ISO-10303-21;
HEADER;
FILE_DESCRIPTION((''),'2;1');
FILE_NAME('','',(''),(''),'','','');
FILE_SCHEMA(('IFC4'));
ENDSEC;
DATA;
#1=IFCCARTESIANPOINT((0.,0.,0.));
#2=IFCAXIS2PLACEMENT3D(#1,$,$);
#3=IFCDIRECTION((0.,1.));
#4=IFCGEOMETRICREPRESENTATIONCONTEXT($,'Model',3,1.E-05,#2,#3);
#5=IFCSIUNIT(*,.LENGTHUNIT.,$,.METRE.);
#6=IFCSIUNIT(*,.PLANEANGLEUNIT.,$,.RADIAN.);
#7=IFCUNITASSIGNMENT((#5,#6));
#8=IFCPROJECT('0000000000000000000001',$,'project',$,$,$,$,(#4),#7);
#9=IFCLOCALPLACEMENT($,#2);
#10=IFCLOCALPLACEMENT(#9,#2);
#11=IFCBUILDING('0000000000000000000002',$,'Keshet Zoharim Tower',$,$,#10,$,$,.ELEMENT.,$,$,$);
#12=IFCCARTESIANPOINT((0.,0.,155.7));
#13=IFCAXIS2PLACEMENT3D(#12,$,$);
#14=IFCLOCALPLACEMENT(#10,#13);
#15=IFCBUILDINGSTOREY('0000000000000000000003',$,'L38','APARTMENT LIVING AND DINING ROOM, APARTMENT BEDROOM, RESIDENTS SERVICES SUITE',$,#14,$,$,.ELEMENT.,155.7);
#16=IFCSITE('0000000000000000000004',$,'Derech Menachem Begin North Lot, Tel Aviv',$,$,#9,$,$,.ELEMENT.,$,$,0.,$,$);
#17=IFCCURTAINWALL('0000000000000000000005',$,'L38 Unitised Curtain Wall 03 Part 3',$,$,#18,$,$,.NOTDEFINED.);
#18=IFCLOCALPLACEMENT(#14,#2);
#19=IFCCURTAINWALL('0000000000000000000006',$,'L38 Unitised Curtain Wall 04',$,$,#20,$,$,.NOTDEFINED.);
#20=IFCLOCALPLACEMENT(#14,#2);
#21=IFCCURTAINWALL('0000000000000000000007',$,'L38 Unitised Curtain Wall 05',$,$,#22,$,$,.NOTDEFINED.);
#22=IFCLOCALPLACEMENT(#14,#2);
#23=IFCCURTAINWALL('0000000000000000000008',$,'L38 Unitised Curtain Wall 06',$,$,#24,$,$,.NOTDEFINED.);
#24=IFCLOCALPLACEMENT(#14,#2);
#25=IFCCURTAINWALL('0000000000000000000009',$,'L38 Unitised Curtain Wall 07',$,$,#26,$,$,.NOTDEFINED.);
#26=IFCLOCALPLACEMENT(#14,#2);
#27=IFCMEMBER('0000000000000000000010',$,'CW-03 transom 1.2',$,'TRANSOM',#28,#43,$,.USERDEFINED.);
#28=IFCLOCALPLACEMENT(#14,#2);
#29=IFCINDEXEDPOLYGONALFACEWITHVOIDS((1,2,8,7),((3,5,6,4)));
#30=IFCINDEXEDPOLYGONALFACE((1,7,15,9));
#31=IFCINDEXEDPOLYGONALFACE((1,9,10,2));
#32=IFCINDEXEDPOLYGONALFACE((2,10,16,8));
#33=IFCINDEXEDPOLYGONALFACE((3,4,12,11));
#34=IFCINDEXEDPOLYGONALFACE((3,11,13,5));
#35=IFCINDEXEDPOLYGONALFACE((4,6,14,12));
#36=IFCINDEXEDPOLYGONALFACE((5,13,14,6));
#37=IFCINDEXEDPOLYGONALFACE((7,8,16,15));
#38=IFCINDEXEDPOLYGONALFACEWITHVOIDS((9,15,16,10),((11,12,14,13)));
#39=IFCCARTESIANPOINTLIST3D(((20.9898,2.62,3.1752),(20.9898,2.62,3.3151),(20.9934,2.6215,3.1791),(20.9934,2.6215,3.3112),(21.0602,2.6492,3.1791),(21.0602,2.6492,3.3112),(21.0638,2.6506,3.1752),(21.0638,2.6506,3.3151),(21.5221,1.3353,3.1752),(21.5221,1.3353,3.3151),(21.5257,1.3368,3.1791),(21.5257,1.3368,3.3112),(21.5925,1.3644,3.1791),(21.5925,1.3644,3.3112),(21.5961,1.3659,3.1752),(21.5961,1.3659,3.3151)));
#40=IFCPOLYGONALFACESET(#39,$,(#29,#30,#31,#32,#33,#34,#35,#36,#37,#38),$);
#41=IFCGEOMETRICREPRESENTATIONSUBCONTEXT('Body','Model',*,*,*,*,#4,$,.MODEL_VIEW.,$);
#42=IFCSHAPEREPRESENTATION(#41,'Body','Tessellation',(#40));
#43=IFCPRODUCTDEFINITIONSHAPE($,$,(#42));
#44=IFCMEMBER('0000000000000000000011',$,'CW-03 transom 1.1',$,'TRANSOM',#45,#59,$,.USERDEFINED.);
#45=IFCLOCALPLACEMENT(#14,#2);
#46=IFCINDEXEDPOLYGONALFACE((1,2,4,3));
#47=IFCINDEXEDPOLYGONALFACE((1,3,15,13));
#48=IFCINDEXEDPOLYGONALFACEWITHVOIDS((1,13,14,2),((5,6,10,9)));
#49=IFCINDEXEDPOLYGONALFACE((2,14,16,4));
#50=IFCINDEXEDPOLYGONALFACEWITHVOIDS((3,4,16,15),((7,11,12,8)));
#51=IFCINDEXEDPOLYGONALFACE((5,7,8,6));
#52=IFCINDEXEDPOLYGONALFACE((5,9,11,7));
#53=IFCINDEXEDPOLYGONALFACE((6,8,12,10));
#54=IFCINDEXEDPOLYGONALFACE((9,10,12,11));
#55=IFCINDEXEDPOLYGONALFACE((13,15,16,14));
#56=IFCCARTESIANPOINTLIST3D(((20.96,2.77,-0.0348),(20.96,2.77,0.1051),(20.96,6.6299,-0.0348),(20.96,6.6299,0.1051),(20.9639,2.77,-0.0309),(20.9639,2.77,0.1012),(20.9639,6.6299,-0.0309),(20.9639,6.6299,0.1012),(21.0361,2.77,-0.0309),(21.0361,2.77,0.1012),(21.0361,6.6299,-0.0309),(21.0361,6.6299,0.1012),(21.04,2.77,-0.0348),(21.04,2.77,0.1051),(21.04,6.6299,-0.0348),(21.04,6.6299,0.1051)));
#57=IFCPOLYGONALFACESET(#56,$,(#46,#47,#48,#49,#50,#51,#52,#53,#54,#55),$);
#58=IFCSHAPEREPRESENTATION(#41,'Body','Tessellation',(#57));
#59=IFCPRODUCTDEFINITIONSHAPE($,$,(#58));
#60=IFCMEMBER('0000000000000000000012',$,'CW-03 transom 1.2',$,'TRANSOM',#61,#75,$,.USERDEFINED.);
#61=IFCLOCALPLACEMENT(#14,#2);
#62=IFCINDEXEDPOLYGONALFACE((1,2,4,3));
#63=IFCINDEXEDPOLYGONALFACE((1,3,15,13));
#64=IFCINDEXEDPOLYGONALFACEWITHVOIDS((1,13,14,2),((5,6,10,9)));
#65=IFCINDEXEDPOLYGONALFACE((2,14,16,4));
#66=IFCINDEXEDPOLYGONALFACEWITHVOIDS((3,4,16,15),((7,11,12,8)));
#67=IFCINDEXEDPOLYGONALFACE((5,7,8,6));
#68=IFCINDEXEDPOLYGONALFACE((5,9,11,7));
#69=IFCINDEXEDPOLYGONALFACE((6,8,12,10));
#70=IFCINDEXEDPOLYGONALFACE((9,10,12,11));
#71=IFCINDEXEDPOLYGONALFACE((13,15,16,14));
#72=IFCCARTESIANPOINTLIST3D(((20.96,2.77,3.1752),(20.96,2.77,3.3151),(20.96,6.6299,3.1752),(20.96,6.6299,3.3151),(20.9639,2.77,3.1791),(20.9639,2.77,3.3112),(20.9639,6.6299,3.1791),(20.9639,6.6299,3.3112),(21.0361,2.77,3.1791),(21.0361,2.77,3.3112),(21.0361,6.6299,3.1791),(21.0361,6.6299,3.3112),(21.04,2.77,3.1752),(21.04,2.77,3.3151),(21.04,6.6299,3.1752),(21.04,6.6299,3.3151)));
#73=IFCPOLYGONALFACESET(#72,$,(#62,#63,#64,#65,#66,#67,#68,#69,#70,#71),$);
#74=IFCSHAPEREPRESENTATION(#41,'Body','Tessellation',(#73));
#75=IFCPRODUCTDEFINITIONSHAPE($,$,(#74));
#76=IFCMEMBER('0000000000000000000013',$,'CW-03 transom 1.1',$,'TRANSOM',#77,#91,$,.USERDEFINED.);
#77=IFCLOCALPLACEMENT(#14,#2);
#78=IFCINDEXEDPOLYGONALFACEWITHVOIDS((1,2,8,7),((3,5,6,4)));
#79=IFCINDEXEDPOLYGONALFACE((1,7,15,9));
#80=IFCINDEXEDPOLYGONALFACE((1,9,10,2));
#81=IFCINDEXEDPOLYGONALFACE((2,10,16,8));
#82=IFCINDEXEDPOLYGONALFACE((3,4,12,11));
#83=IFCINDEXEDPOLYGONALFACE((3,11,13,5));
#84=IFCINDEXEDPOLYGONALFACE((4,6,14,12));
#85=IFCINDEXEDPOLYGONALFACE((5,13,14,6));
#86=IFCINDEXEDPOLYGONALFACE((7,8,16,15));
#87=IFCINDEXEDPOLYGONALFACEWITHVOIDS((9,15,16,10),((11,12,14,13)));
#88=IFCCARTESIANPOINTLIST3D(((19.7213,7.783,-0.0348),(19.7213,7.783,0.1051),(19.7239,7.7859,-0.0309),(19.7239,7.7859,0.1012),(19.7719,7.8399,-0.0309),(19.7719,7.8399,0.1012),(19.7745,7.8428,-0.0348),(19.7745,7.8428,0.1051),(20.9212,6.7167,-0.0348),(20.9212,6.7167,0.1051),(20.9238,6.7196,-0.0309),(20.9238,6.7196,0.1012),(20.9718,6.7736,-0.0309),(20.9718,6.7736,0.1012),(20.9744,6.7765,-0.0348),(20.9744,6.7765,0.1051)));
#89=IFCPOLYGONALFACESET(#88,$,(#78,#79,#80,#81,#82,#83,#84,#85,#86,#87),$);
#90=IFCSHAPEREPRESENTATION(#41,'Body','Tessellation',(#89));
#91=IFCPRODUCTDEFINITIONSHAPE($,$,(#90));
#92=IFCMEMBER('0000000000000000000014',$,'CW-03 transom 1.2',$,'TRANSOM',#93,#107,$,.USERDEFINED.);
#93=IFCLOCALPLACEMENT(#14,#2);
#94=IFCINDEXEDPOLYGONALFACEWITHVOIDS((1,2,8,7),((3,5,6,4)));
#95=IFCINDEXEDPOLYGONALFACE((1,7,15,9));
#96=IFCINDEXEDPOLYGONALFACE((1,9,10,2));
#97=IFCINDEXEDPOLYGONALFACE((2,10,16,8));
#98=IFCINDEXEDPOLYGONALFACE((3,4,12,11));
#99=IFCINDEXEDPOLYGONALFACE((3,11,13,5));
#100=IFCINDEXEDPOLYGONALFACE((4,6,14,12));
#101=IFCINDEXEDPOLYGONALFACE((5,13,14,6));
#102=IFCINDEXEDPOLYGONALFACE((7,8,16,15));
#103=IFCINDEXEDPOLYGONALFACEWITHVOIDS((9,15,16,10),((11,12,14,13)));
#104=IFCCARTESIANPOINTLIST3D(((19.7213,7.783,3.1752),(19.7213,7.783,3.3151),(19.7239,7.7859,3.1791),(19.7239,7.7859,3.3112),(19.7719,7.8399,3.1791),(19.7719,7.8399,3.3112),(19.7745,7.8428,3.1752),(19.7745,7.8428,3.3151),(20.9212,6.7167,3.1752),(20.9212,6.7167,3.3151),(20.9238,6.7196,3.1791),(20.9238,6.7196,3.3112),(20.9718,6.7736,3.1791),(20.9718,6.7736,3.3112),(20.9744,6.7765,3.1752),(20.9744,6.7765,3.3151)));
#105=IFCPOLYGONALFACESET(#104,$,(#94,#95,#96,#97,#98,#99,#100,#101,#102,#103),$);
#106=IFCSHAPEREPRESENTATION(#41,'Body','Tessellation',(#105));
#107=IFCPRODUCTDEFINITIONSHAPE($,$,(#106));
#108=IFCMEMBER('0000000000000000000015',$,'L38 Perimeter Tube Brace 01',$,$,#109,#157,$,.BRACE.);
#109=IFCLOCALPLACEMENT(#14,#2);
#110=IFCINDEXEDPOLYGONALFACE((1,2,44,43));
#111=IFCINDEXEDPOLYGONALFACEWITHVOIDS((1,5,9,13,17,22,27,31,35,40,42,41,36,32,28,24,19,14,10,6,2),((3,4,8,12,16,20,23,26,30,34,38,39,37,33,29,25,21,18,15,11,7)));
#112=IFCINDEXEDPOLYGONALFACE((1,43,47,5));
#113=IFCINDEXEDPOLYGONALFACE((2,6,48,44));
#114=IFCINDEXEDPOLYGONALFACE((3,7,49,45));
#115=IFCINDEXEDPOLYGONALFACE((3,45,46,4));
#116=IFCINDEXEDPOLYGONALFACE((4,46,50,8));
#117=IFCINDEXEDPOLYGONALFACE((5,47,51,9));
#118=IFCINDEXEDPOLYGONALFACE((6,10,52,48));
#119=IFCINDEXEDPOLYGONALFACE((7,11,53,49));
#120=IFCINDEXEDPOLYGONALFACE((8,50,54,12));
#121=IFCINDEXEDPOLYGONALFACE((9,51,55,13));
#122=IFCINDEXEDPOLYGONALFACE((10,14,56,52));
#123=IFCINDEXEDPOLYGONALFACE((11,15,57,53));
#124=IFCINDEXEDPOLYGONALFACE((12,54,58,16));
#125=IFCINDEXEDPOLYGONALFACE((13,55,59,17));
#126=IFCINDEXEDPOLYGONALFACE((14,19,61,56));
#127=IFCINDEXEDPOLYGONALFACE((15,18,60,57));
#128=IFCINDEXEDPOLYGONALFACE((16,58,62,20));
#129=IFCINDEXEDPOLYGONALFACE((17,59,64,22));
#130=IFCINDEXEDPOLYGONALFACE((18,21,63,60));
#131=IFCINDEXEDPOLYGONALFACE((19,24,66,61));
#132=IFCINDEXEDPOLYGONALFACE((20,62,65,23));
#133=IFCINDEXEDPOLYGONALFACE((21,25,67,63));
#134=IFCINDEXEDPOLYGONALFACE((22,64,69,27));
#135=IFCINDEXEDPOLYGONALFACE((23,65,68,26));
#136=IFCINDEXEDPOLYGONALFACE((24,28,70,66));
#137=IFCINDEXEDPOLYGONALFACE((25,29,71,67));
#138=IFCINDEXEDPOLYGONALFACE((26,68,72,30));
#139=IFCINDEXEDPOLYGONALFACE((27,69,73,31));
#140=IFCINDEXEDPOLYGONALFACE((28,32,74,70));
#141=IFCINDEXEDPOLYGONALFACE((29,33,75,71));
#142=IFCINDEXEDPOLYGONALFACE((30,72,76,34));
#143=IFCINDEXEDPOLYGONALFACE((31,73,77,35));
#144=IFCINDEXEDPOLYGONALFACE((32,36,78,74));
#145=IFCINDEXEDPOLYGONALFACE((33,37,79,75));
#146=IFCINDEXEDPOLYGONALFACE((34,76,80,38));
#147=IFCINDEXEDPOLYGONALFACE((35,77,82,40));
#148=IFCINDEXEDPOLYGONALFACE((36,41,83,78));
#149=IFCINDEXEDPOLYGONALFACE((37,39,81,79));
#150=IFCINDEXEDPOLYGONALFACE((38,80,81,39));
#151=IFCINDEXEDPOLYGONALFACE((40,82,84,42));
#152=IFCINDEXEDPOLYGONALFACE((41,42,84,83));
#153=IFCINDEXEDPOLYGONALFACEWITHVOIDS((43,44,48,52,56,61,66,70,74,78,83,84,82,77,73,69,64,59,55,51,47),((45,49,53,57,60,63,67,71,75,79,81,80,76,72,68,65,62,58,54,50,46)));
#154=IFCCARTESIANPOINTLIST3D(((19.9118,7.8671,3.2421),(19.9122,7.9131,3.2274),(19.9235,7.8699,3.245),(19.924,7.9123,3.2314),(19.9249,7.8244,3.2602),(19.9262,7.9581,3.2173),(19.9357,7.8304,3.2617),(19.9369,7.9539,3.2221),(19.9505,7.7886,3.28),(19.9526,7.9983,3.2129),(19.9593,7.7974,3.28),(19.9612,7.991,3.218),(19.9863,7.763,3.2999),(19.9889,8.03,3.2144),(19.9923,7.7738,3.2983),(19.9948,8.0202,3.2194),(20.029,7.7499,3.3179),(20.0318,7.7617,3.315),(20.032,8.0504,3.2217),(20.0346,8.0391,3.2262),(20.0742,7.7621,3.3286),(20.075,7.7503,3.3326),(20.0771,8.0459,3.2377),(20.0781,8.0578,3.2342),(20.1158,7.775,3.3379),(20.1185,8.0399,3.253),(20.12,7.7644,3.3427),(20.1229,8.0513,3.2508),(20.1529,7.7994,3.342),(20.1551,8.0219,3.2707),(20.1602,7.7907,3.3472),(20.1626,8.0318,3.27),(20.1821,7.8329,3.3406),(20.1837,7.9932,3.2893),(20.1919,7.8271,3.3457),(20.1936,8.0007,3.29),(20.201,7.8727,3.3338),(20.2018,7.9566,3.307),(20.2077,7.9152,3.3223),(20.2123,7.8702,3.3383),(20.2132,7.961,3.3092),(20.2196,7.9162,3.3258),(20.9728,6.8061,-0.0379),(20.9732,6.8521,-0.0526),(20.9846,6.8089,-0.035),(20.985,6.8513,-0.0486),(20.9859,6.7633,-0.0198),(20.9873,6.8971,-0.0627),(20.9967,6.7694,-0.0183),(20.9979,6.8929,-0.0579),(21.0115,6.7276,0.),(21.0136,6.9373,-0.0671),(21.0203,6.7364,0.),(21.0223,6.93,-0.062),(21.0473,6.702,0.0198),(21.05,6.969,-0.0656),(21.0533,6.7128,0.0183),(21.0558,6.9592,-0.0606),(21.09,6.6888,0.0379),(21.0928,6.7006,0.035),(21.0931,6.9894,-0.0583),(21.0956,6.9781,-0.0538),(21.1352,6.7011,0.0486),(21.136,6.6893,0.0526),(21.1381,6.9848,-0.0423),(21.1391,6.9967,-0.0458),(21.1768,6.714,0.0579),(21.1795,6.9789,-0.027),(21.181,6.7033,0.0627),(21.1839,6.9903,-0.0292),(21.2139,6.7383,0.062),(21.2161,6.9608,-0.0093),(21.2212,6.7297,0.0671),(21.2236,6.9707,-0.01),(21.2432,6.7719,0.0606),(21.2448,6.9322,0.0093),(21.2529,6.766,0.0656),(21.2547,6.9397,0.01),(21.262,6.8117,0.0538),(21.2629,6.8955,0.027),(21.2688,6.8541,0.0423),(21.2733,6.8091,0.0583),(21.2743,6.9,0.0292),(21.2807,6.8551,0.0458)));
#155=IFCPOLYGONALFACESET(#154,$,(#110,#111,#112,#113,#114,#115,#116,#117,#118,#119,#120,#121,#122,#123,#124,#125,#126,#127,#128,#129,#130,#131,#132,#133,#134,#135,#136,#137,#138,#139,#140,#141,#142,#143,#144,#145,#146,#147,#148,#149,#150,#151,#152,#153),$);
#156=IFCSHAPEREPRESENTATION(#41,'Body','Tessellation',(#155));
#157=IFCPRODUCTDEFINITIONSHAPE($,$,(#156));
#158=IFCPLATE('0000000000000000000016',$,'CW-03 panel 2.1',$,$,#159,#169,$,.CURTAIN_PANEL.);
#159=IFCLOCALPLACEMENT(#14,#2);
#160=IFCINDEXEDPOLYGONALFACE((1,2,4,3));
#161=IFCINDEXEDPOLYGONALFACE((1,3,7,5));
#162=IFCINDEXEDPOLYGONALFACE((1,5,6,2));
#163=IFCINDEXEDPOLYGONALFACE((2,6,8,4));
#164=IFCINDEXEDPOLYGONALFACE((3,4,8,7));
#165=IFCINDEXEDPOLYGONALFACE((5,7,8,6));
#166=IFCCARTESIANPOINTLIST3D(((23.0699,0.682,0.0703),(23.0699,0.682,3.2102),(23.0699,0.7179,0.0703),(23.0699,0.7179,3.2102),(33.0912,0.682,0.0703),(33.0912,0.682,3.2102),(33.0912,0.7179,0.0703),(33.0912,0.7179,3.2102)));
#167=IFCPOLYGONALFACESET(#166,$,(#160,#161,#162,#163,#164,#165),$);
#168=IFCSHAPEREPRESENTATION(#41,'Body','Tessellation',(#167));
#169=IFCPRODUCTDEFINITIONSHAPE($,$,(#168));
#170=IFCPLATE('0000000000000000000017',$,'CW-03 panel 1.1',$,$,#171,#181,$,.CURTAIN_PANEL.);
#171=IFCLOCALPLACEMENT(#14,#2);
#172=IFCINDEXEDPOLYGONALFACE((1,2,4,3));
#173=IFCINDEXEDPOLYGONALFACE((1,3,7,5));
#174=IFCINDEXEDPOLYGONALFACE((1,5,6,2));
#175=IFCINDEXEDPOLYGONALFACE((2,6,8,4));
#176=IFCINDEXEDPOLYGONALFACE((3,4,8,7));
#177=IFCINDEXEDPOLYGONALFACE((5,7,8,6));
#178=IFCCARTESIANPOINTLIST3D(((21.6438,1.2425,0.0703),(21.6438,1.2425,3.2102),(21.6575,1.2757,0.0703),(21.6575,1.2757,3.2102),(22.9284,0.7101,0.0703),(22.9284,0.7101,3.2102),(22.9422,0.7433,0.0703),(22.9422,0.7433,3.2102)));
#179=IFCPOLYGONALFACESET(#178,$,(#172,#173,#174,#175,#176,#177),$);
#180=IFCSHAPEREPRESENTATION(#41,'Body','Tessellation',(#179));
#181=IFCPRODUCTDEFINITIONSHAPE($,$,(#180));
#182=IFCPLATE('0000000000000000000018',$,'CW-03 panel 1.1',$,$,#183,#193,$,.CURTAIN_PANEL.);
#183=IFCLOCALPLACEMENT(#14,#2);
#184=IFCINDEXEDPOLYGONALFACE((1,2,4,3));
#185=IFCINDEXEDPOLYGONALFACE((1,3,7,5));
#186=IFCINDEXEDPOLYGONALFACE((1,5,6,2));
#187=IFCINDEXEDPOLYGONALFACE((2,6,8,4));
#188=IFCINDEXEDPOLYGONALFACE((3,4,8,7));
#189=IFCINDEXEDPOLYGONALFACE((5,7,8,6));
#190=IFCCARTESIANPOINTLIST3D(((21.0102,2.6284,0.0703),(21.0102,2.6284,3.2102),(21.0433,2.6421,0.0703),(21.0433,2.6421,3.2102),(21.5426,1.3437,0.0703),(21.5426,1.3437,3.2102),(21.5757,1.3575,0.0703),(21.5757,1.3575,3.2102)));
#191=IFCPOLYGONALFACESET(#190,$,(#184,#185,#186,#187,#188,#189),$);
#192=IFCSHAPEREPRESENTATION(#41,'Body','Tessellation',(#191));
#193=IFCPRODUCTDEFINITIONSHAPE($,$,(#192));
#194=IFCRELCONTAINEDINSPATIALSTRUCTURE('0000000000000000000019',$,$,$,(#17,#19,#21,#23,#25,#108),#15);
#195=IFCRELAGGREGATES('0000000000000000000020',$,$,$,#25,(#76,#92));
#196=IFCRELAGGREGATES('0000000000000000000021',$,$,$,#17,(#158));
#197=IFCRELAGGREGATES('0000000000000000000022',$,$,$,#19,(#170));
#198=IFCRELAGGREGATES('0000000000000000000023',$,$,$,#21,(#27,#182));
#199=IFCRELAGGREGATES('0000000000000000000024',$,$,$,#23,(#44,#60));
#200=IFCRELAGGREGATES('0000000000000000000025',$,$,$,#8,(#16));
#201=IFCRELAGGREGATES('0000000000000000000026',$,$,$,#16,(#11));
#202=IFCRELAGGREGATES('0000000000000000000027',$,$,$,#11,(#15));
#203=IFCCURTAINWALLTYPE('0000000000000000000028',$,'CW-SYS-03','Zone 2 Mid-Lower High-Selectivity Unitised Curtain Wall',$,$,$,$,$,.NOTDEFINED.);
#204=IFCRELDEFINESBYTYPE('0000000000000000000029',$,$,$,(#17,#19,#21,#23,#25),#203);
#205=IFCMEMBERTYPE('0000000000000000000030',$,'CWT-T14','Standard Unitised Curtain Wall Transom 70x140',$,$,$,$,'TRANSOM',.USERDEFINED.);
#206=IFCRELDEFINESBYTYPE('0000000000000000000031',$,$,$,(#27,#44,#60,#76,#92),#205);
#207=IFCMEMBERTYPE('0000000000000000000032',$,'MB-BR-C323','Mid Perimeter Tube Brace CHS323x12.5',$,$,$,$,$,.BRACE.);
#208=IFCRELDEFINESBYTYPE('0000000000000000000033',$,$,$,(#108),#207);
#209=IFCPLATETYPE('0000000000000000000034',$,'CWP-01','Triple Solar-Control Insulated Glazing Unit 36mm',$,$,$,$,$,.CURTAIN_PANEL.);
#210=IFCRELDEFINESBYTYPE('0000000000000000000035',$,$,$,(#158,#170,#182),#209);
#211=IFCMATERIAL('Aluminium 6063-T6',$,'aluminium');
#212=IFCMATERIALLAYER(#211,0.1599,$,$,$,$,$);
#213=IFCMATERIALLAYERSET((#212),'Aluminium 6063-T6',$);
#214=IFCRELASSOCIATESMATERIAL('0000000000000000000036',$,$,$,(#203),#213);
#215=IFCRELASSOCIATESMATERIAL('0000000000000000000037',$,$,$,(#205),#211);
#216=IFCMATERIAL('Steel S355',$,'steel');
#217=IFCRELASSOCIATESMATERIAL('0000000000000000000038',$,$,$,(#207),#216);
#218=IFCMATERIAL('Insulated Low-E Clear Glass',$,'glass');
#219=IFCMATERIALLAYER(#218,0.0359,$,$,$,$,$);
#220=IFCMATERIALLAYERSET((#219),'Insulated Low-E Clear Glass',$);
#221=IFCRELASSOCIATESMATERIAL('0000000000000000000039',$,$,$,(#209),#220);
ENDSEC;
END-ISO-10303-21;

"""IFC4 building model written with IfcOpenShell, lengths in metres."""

from ifc_helpers import new_model, si_unit, direction, frame, origin, origin_2d, place, context, subcontext, project, spatial, rectangle, hollow_rectangle, hollow_circle, extrude, material, layer, layer_set, material_profile, profile_set, type_object, element, aggregate, save


model = new_model("IFC4")

# Units and contexts
model_context = context("Model", 3, precision=1e-05, world=origin(), true_north=direction((0.0, 1.0)))
body_context = subcontext(model_context, "Body", "Model", "MODEL_VIEW")
ifc_project = project(units=[si_unit("LENGTHUNIT", "METRE"), si_unit("PLANEANGLEUNIT", "RADIAN")], contexts=[model_context])

# Site, building, storey
site_placement = place(None, origin())
site = spatial("IfcSite", under=ifc_project, at=site_placement, Name="Derech Menachem Begin North Lot, Tel Aviv", CompositionType="ELEMENT", RefElevation=0.0)
building_placement = place(site_placement, origin())
building = spatial("IfcBuilding", under=site, at=building_placement, Name="Keshet Zoharim Tower", CompositionType="ELEMENT")
storey_placement = place(building_placement, frame((0.0, 0.0, 155.7)))
storey = spatial("IfcBuildingStorey", under=building, at=storey_placement, Name="L38", Description="APARTMENT LIVING AND DINING ROOM, APARTMENT BEDROOM, RESIDENTS SERVICES SUITE", CompositionType="ELEMENT", Elevation=155.7)

# Shared definitions
ifc_material_1 = material(Name="Steel S355", Category="steel")

# Curtain wall
ifc_material_2 = material(Name="Aluminium 6063-T6", Category="aluminium")
ifc_layer_1 = layer(ifc_material_2, 0.1599)
ifc_layer_set_1 = layer_set([ifc_layer_1], Name="Aluminium 6063-T6")
curtain_wall_type = type_object("IfcCurtainWallType", Name="CW-SYS-03", Description="Zone 2 Mid-Lower High-Selectivity Unitised Curtain Wall", PredefinedType="NOTDEFINED", material=ifc_layer_set_1)
curtain_wall_1_placement = place(storey_placement, origin())
curtain_wall_1 = element("IfcCurtainWall", 1, at=curtain_wall_1_placement, inside=storey, type_object=curtain_wall_type, Name="L38 Unitised Curtain Wall 03 Part 3", PredefinedType="NOTDEFINED")

# Curtain walls
curtain_wall_2_placement = place(storey_placement, origin())
curtain_wall_2 = element("IfcCurtainWall", 2, at=curtain_wall_2_placement, inside=storey, type_object=curtain_wall_type, Name="L38 Unitised Curtain Wall 04", PredefinedType="NOTDEFINED")
curtain_wall_3_placement = place(storey_placement, origin())
curtain_wall_3 = element("IfcCurtainWall", 3, at=curtain_wall_3_placement, inside=storey, type_object=curtain_wall_type, Name="L38 Unitised Curtain Wall 05", PredefinedType="NOTDEFINED")
curtain_wall_4_placement = place(storey_placement, origin())
curtain_wall_4 = element("IfcCurtainWall", 4, at=curtain_wall_4_placement, inside=storey, type_object=curtain_wall_type, Name="L38 Unitised Curtain Wall 06", PredefinedType="NOTDEFINED")

# Curtain wall
curtain_wall_5_placement = place(storey_placement, origin())
curtain_wall_5 = element("IfcCurtainWall", 5, at=curtain_wall_5_placement, inside=storey, type_object=curtain_wall_type, Name="L38 Unitised Curtain Wall 07", PredefinedType="NOTDEFINED")

# Members
ifc_material_profile_1 = material_profile(ifc_material_2, hollow_rectangle(XDim=0.0801, YDim=0.1399, WallThickness=0.0039, at=origin_2d()), Name="TRN-80x140")
ifc_profile_set_1 = profile_set([ifc_material_profile_1], Name="Aluminium 6063-T6")
member_type_1 = type_object("IfcMemberType", Name="CWT-T14", Description="Standard Unitised Curtain Wall Transom 70x140", ElementType="TRANSOM", PredefinedType="USERDEFINED", material=ifc_profile_set_1)
member_1_placement = place(storey_placement, frame((21.5591, 1.3506, 3.2451), z_axis=(-0.382745, 0.923854, 0.0), x_axis=(-0.923854, -0.382745, 0.0)))
member_1 = element("IfcMember", 6, at=member_1_placement, type_object=member_type_1, Name="CW-03 transom 1.2", ObjectType="TRANSOM", PredefinedType="USERDEFINED", context=body_context, shape_type="SweptSolid", body=[
    extrude(hollow_rectangle(XDim=0.0801, YDim=0.1399, WallThickness=0.0039, at=origin_2d()), origin(), (0.0, 0.0, 1.0), 1.3906),
])
member_2_placement = place(storey_placement, frame((21.0, 2.77, 0.0352), z_axis=(0.0, 1.0, 0.0), x_axis=(-1.0, 0.0, 0.0)))
member_2 = element("IfcMember", 7, at=member_2_placement, type_object=member_type_1, Name="CW-03 transom 1.1", ObjectType="TRANSOM", PredefinedType="USERDEFINED", context=body_context, shape_type="SweptSolid", body=[
    extrude(hollow_rectangle(XDim=0.0801, YDim=0.1399, WallThickness=0.0039, at=origin_2d()), origin(), (0.0, 0.0, 1.0), 3.8599),
])
member_3_placement = place(storey_placement, frame((21.0, 2.77, 3.2451), z_axis=(0.0, 1.0, 0.0), x_axis=(-1.0, 0.0, 0.0)))
member_3 = element("IfcMember", 8, at=member_3_placement, type_object=member_type_1, Name="CW-03 transom 1.2", ObjectType="TRANSOM", PredefinedType="USERDEFINED", context=body_context, shape_type="SweptSolid", body=[
    extrude(hollow_rectangle(XDim=0.0801, YDim=0.1399, WallThickness=0.0039, at=origin_2d()), origin(), (0.0, 0.0, 1.0), 3.8599),
])
member_4_placement = place(storey_placement, frame((20.9478, 6.7466, 0.0352), z_axis=(-0.747476, 0.664288, 0.0), x_axis=(-0.664288, -0.747476, 0.0)))
member_4 = element("IfcMember", 9, at=member_4_placement, type_object=member_type_1, Name="CW-03 transom 1.1", ObjectType="TRANSOM", PredefinedType="USERDEFINED", context=body_context, shape_type="SweptSolid", body=[
    extrude(hollow_rectangle(XDim=0.0801, YDim=0.1399, WallThickness=0.0039, at=origin_2d()), origin(), (0.0, 0.0, 1.0), 1.6052),
])
member_5_placement = place(storey_placement, frame((20.9478, 6.7466, 3.2451), z_axis=(-0.747476, 0.664288, 0.0), x_axis=(-0.664288, -0.747476, 0.0)))
member_5 = element("IfcMember", 10, at=member_5_placement, type_object=member_type_1, Name="CW-03 transom 1.2", ObjectType="TRANSOM", PredefinedType="USERDEFINED", context=body_context, shape_type="SweptSolid", body=[
    extrude(hollow_rectangle(XDim=0.0801, YDim=0.1399, WallThickness=0.0039, at=origin_2d()), origin(), (0.0, 0.0, 1.0), 1.6052),
])
aggregate(curtain_wall_5, [member_4, member_5])
ifc_material_profile_2 = material_profile(ifc_material_1, hollow_circle(Radius=0.1619, WallThickness=0.0125, at=origin_2d()), Name="CHS323x12.5")
ifc_profile_set_2 = profile_set([ifc_material_profile_2], Name="Steel S355")
member_type_2 = type_object("IfcMemberType", Name="MB-BR-C323", Description="Mid Perimeter Tube Brace CHS323x12.5", PredefinedType="BRACE", material=ifc_profile_set_2)
member_6_placement = place(storey_placement, frame((21.126, 6.842, 0.0), z_axis=(-0.294163, 0.294163, 0.90936), x_axis=(-0.707107, -0.707107, 0.0)))
element("IfcMember", 11, at=member_6_placement, inside=storey, type_object=member_type_2, Name="L38 Perimeter Tube Brace 01", PredefinedType="BRACE", context=body_context, shape_type="SweptSolid", body=[
    extrude(hollow_circle(Radius=0.1619, WallThickness=0.0125, at=origin_2d()), origin(), (0.0, 0.0, 1.0), 3.6069),
])

# Plates
ifc_material_3 = material(Name="Insulated Low-E Clear Glass", Category="glass")
ifc_layer_2 = layer(ifc_material_3, 0.0359)
ifc_layer_set_2 = layer_set([ifc_layer_2], Name="Insulated Low-E Clear Glass")
plate_type = type_object("IfcPlateType", Name="CWP-01", Description="Triple Solar-Control Insulated Glazing Unit 36mm", PredefinedType="CURTAIN_PANEL", material=ifc_layer_set_2)
plate_1_placement = place(storey_placement, frame((28.0806, 0.7, 0.0703), z_axis=(0.0, 0.0, 1.0), x_axis=(-1.0, 0.0, 0.0)))
plate_1 = element("IfcPlate", 12, at=plate_1_placement, type_object=plate_type, Name="CW-03 panel 2.1", PredefinedType="CURTAIN_PANEL", context=body_context, shape_type="SweptSolid", body=[
    extrude(rectangle(XDim=10.0212, YDim=0.0359, at=origin_2d()), origin(), (0.0, 0.0, 1.0), 3.1399),
])
aggregate(curtain_wall_1, [plate_1])
plate_2_placement = place(storey_placement, frame((22.293, 0.9929, 0.0703), z_axis=(0.0, 0.0, 1.0), x_axis=(-0.92381, 0.382852, 0.0)))
plate_2 = element("IfcPlate", 13, at=plate_2_placement, type_object=plate_type, Name="CW-03 panel 1.1", PredefinedType="CURTAIN_PANEL", context=body_context, shape_type="SweptSolid", body=[
    extrude(rectangle(XDim=1.3906, YDim=0.0359, at=origin_2d()), origin(), (0.0, 0.0, 1.0), 3.1399),
])
aggregate(curtain_wall_2, [plate_2])
plate_3_placement = place(storey_placement, frame((21.293, 1.9929, 0.0703), z_axis=(0.0, 0.0, 1.0), x_axis=(-0.382852, 0.92381, 0.0)))
plate_3 = element("IfcPlate", 14, at=plate_3_placement, type_object=plate_type, Name="CW-03 panel 1.1", PredefinedType="CURTAIN_PANEL", context=body_context, shape_type="SweptSolid", body=[
    extrude(rectangle(XDim=1.3906, YDim=0.0359, at=origin_2d()), origin(), (0.0, 0.0, 1.0), 3.1399),
])
aggregate(curtain_wall_3, [member_1, plate_3])
aggregate(curtain_wall_4, [member_2, member_3])

save(model, "model.ifc")
